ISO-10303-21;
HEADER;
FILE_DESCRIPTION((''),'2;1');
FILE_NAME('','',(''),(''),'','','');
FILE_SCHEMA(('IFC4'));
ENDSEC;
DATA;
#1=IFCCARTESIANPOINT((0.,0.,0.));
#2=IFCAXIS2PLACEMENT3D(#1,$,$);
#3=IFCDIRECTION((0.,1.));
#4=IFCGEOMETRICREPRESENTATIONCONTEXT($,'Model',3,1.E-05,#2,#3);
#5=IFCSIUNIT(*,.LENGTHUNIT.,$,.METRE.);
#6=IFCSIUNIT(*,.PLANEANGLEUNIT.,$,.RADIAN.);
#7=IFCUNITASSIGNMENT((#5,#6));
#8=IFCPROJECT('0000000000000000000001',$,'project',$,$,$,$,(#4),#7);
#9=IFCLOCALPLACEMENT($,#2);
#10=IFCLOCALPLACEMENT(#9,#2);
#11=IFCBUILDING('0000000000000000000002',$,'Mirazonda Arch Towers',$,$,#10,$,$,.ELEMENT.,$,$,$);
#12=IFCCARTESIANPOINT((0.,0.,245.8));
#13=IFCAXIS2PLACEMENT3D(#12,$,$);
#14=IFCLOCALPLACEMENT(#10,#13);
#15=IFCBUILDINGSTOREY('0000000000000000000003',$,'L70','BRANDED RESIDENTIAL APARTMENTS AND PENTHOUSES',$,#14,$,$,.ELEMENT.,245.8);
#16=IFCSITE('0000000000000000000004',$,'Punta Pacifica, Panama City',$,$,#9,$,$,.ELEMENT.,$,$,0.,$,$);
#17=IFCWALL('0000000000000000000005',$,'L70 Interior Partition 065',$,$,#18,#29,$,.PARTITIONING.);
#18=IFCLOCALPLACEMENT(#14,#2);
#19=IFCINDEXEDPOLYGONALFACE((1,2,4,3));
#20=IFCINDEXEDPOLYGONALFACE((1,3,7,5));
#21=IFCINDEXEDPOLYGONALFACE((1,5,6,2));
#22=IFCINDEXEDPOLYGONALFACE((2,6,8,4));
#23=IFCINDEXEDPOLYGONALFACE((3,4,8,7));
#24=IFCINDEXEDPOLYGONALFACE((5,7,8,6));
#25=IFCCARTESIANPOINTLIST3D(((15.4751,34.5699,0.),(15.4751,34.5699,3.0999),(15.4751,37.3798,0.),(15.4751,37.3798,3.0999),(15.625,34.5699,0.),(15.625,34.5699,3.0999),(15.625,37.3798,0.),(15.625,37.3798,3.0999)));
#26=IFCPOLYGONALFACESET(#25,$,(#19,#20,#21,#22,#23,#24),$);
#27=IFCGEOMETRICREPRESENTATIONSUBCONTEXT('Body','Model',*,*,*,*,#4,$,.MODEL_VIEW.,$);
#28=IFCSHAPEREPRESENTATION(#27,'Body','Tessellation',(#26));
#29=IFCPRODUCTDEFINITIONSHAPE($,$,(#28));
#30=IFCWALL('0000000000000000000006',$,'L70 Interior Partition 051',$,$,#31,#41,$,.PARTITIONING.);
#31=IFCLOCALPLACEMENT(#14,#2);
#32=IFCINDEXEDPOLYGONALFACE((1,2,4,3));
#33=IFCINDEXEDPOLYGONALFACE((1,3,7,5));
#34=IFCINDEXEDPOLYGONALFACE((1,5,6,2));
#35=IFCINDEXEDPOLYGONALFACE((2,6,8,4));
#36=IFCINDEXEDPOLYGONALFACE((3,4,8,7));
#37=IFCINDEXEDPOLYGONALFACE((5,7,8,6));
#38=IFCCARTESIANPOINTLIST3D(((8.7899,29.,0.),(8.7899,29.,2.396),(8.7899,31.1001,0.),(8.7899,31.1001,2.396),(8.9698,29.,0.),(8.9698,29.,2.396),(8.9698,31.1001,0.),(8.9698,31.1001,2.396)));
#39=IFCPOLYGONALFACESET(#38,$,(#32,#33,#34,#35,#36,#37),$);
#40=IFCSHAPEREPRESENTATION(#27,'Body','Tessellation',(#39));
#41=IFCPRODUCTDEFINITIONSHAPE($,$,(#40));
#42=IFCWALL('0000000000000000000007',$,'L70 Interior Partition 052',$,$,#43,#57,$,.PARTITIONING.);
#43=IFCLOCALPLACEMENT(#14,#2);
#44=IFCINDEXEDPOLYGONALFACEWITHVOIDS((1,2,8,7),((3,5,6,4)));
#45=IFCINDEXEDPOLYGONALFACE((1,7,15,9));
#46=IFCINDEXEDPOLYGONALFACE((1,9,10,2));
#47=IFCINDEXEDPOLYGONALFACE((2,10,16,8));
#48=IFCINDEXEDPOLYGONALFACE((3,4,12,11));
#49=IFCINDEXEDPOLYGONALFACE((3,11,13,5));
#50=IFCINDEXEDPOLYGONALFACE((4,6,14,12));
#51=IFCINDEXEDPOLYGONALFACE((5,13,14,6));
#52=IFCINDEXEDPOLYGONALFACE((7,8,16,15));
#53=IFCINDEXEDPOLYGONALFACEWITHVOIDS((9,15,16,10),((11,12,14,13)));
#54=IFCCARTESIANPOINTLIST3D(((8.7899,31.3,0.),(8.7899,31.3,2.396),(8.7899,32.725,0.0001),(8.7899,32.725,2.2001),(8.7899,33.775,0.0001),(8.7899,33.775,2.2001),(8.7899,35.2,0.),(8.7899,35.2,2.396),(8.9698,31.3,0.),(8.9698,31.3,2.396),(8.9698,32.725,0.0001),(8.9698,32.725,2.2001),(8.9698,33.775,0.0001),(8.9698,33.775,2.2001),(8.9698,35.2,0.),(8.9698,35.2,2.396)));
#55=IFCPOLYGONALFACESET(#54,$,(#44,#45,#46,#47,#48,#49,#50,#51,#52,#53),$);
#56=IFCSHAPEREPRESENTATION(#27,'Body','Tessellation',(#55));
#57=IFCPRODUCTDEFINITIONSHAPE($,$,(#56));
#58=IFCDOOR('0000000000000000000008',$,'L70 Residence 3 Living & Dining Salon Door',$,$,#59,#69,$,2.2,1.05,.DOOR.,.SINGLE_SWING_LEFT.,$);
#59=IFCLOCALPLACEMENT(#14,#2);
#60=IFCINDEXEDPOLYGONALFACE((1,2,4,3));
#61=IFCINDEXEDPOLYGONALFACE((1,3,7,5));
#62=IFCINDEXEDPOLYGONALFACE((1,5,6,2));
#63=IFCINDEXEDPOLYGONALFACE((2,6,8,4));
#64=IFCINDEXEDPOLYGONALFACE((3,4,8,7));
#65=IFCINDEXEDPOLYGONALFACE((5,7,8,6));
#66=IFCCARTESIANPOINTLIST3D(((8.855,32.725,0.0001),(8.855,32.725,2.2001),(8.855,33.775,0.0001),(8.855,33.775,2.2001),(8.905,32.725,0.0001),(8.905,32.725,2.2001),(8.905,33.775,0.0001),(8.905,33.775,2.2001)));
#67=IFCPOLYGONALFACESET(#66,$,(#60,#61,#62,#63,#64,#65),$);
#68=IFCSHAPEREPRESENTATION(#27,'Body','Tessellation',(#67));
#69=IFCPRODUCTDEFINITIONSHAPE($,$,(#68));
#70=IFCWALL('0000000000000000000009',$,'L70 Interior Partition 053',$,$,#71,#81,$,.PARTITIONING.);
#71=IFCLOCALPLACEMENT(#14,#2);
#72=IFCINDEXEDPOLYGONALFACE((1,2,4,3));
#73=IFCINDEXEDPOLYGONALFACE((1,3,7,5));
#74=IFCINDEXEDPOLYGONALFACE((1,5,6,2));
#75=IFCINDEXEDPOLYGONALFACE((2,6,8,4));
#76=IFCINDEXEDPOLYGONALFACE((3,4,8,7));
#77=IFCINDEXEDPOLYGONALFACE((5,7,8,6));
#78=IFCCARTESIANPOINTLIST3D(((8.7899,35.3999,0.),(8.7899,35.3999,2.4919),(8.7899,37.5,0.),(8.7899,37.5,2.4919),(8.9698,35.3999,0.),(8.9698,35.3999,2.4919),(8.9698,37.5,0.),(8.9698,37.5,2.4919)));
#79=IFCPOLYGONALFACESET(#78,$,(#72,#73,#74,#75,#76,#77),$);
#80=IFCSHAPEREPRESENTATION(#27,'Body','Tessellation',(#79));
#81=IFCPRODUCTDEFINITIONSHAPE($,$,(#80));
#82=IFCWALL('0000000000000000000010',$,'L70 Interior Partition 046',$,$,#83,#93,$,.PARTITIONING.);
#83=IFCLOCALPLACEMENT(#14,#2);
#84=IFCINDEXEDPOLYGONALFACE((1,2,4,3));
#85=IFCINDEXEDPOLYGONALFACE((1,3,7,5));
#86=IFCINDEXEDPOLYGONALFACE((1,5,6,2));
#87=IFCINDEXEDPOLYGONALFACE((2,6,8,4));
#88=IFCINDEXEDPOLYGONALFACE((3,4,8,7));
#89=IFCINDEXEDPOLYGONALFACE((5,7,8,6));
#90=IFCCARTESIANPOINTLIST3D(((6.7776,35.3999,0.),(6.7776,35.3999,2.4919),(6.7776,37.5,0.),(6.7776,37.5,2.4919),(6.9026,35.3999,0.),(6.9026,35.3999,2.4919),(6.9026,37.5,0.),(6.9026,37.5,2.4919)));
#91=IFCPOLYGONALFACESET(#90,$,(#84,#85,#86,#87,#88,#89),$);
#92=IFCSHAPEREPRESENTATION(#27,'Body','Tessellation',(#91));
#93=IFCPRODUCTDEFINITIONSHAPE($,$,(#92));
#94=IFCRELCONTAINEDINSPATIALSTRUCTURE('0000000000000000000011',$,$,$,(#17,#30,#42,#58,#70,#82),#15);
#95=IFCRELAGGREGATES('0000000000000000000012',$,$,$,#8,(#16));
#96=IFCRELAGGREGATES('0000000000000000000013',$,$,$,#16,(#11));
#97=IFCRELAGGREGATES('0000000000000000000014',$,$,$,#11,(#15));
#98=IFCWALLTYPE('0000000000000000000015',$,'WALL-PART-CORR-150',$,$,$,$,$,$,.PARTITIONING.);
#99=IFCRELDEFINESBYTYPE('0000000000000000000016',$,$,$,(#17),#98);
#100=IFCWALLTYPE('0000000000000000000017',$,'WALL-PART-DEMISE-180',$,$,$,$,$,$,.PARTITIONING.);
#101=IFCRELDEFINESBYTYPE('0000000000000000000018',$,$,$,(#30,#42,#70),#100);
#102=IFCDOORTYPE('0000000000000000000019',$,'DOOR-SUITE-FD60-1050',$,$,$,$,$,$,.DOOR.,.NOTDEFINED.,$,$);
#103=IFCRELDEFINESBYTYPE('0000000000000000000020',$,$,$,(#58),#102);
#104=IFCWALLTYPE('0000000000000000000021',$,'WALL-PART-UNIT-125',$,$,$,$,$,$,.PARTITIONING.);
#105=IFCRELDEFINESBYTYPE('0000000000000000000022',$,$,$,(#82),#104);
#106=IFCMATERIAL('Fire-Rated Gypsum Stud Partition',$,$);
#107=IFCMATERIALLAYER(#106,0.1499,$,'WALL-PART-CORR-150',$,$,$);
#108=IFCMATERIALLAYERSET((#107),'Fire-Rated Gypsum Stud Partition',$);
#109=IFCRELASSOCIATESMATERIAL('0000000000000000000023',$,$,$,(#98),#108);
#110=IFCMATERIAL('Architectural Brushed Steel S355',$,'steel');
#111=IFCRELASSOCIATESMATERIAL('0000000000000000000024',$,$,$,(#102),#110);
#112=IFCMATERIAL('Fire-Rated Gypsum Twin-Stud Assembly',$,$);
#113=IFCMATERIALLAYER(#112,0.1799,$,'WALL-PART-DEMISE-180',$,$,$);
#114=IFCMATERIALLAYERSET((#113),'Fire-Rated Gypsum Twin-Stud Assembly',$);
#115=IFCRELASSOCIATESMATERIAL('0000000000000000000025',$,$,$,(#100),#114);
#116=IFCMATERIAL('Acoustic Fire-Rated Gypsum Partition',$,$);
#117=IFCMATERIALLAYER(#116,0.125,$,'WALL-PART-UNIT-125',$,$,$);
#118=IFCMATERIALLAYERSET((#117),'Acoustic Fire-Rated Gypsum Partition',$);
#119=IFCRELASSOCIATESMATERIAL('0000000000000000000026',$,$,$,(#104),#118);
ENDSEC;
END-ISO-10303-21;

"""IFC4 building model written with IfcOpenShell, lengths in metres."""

from ifc_helpers import new_model, si_unit, direction, frame, frame_2d, origin, place, context, subcontext, project, spatial, rectangle, extrude, material, layer, layer_set, type_object, element, fill, save


model = new_model("IFC4")

# Units and contexts
model_context = context("Model", 3, precision=1e-05, world=origin(), true_north=direction((0.0, 1.0)))
body_context = subcontext(model_context, "Body", "Model", "MODEL_VIEW")
ifc_project = project(units=[si_unit("LENGTHUNIT", "METRE"), si_unit("PLANEANGLEUNIT", "RADIAN")], contexts=[model_context])

# Site, building, storey
site_placement = place(None, origin())
site = spatial("IfcSite", under=ifc_project, at=site_placement, Name="Punta Pacifica, Panama City", CompositionType="ELEMENT", RefElevation=0.0)
building_placement = place(site_placement, origin())
building = spatial("IfcBuilding", under=site, at=building_placement, Name="Mirazonda Arch Towers", CompositionType="ELEMENT")
storey_placement = place(building_placement, frame((0.0, 0.0, 245.8)))
storey = spatial("IfcBuildingStorey", under=building, at=storey_placement, Name="L70", Description="BRANDED RESIDENTIAL APARTMENTS AND PENTHOUSES", CompositionType="ELEMENT", Elevation=245.8)

# Shared definitions
ifc_material_1 = material(Name="Architectural Brushed Steel S355", Category="steel")

# Shared definitions
ifc_material_2 = material(Name="Fire-Rated Gypsum Stud Partition")
ifc_layer_1 = layer(ifc_material_2, 0.1499, Name="WALL-PART-CORR-150")
ifc_layer_set_1 = layer_set([ifc_layer_1], Name="Fire-Rated Gypsum Stud Partition")
wall_type_1 = type_object("IfcWallType", Name="WALL-PART-CORR-150", PredefinedType="PARTITIONING", material=ifc_layer_set_1)

# Shared definitions
door_type_1 = type_object("IfcDoorType", Name="DOOR-SUITE-FD60-1050", OperationType="NOTDEFINED", PredefinedType="DOOR", material=ifc_material_1)

# Walls
wall_1_placement = place(storey_placement, frame((15.55, 34.5701, 0.0), z_axis=(0.0, 0.0, 1.0), x_axis=(0.0, 1.0, 0.0)))
element("IfcWall", 1, at=wall_1_placement, inside=storey, type_object=wall_type_1, Name="L70 Interior Partition 065", PredefinedType="PARTITIONING", context=body_context, shape_type="SweptSolid", body=[
    extrude(rectangle(XDim=2.8098, YDim=0.1499, at=frame_2d((1.4048, 0.0))), origin(), (0.0, 0.0, 1.0), 3.0999),
])
ifc_material_3 = material(Name="Fire-Rated Gypsum Twin-Stud Assembly")
ifc_layer_2 = layer(ifc_material_3, 0.1799, Name="WALL-PART-DEMISE-180")
ifc_layer_set_2 = layer_set([ifc_layer_2], Name="Fire-Rated Gypsum Twin-Stud Assembly")
wall_type_2 = type_object("IfcWallType", Name="WALL-PART-DEMISE-180", PredefinedType="PARTITIONING", material=ifc_layer_set_2)
wall_2_placement = place(storey_placement, frame((8.8799, 29.0, 0.0), z_axis=(0.0, 0.0, 1.0), x_axis=(0.0, 1.0, 0.0)))
element("IfcWall", 2, at=wall_2_placement, inside=storey, type_object=wall_type_2, Name="L70 Interior Partition 051", PredefinedType="PARTITIONING", context=body_context, shape_type="SweptSolid", body=[
    extrude(rectangle(XDim=2.1001, YDim=0.1799, at=frame_2d((1.05, 0.0))), origin(), (0.0, 0.0, 1.0), 2.396),
])

# Wall, opening, door
wall_3_placement = place(storey_placement, frame((8.8799, 31.3, 0.0), z_axis=(0.0, 0.0, 1.0), x_axis=(0.0, 1.0, 0.0)))
wall_3 = element("IfcWall", 3, at=wall_3_placement, inside=storey, type_object=wall_type_2, Name="L70 Interior Partition 052", PredefinedType="PARTITIONING", context=body_context, shape_type="SweptSolid", body=[
    extrude(rectangle(XDim=3.8999, YDim=0.1799, at=frame_2d((1.95, 0.0))), origin(), (0.0, 0.0, 1.0), 2.396),
])
opening_1_placement = place(wall_3_placement, frame((1.425, 0.0, 0.0)))
opening_1 = element("IfcOpeningElement", 4, at=opening_1_placement, cuts=wall_3, PredefinedType="OPENING", context=body_context, shape_type="SweptSolid", body=[
    extrude(rectangle(XDim=1.05, YDim=2.2, at=frame_2d((0.5249, 1.1001))), frame((0.0, 0.0999, 0.0), z_axis=(0.0, -1.0, 0.0), x_axis=(1.0, 0.0, 0.0)), (0.0, 0.0, 1.0), 0.2),
])
door_1_placement = place(opening_1_placement, origin())
door_1 = element("IfcDoor", 5, at=door_1_placement, inside=storey, type_object=door_type_1, Name="L70 Residence 3 Living & Dining Salon Door", OperationType="SINGLE_SWING_LEFT", OverallHeight=2.2, OverallWidth=1.05, PredefinedType="DOOR", context=body_context, shape_type="SweptSolid", body=[
    extrude(rectangle(XDim=1.05, YDim=2.2, at=frame_2d((0.5249, 1.1001))), frame((0.0, 0.0249, 0.0), z_axis=(0.0, -1.0, 0.0), x_axis=(1.0, 0.0, 0.0)), (0.0, 0.0, 1.0), 0.05),
])
fill(opening_1, door_1)

# Walls
wall_4_placement = place(storey_placement, frame((8.8799, 35.3999, 0.0), z_axis=(0.0, 0.0, 1.0), x_axis=(0.0, 1.0, 0.0)))
element("IfcWall", 6, at=wall_4_placement, inside=storey, type_object=wall_type_2, Name="L70 Interior Partition 053", PredefinedType="PARTITIONING", context=body_context, shape_type="SweptSolid", body=[
    extrude(rectangle(XDim=2.1001, YDim=0.1799, at=frame_2d((1.05, 0.0))), origin(), (0.0, 0.0, 1.0), 2.4919),
])
ifc_material_4 = material(Name="Acoustic Fire-Rated Gypsum Partition")
ifc_layer_3 = layer(ifc_material_4, 0.125, Name="WALL-PART-UNIT-125")
ifc_layer_set_3 = layer_set([ifc_layer_3], Name="Acoustic Fire-Rated Gypsum Partition")
wall_type_3 = type_object("IfcWallType", Name="WALL-PART-UNIT-125", PredefinedType="PARTITIONING", material=ifc_layer_set_3)
wall_5_placement = place(storey_placement, frame((6.8401, 35.3999, 0.0), z_axis=(0.0, 0.0, 1.0), x_axis=(0.0, 1.0, 0.0)))
element("IfcWall", 7, at=wall_5_placement, inside=storey, type_object=wall_type_3, Name="L70 Interior Partition 046", PredefinedType="PARTITIONING", context=body_context, shape_type="SweptSolid", body=[
    extrude(rectangle(XDim=2.1001, YDim=0.125, at=frame_2d((1.05, 0.0))), origin(), (0.0, 0.0, 1.0), 2.4919),
])

save(model, "model.ifc")
